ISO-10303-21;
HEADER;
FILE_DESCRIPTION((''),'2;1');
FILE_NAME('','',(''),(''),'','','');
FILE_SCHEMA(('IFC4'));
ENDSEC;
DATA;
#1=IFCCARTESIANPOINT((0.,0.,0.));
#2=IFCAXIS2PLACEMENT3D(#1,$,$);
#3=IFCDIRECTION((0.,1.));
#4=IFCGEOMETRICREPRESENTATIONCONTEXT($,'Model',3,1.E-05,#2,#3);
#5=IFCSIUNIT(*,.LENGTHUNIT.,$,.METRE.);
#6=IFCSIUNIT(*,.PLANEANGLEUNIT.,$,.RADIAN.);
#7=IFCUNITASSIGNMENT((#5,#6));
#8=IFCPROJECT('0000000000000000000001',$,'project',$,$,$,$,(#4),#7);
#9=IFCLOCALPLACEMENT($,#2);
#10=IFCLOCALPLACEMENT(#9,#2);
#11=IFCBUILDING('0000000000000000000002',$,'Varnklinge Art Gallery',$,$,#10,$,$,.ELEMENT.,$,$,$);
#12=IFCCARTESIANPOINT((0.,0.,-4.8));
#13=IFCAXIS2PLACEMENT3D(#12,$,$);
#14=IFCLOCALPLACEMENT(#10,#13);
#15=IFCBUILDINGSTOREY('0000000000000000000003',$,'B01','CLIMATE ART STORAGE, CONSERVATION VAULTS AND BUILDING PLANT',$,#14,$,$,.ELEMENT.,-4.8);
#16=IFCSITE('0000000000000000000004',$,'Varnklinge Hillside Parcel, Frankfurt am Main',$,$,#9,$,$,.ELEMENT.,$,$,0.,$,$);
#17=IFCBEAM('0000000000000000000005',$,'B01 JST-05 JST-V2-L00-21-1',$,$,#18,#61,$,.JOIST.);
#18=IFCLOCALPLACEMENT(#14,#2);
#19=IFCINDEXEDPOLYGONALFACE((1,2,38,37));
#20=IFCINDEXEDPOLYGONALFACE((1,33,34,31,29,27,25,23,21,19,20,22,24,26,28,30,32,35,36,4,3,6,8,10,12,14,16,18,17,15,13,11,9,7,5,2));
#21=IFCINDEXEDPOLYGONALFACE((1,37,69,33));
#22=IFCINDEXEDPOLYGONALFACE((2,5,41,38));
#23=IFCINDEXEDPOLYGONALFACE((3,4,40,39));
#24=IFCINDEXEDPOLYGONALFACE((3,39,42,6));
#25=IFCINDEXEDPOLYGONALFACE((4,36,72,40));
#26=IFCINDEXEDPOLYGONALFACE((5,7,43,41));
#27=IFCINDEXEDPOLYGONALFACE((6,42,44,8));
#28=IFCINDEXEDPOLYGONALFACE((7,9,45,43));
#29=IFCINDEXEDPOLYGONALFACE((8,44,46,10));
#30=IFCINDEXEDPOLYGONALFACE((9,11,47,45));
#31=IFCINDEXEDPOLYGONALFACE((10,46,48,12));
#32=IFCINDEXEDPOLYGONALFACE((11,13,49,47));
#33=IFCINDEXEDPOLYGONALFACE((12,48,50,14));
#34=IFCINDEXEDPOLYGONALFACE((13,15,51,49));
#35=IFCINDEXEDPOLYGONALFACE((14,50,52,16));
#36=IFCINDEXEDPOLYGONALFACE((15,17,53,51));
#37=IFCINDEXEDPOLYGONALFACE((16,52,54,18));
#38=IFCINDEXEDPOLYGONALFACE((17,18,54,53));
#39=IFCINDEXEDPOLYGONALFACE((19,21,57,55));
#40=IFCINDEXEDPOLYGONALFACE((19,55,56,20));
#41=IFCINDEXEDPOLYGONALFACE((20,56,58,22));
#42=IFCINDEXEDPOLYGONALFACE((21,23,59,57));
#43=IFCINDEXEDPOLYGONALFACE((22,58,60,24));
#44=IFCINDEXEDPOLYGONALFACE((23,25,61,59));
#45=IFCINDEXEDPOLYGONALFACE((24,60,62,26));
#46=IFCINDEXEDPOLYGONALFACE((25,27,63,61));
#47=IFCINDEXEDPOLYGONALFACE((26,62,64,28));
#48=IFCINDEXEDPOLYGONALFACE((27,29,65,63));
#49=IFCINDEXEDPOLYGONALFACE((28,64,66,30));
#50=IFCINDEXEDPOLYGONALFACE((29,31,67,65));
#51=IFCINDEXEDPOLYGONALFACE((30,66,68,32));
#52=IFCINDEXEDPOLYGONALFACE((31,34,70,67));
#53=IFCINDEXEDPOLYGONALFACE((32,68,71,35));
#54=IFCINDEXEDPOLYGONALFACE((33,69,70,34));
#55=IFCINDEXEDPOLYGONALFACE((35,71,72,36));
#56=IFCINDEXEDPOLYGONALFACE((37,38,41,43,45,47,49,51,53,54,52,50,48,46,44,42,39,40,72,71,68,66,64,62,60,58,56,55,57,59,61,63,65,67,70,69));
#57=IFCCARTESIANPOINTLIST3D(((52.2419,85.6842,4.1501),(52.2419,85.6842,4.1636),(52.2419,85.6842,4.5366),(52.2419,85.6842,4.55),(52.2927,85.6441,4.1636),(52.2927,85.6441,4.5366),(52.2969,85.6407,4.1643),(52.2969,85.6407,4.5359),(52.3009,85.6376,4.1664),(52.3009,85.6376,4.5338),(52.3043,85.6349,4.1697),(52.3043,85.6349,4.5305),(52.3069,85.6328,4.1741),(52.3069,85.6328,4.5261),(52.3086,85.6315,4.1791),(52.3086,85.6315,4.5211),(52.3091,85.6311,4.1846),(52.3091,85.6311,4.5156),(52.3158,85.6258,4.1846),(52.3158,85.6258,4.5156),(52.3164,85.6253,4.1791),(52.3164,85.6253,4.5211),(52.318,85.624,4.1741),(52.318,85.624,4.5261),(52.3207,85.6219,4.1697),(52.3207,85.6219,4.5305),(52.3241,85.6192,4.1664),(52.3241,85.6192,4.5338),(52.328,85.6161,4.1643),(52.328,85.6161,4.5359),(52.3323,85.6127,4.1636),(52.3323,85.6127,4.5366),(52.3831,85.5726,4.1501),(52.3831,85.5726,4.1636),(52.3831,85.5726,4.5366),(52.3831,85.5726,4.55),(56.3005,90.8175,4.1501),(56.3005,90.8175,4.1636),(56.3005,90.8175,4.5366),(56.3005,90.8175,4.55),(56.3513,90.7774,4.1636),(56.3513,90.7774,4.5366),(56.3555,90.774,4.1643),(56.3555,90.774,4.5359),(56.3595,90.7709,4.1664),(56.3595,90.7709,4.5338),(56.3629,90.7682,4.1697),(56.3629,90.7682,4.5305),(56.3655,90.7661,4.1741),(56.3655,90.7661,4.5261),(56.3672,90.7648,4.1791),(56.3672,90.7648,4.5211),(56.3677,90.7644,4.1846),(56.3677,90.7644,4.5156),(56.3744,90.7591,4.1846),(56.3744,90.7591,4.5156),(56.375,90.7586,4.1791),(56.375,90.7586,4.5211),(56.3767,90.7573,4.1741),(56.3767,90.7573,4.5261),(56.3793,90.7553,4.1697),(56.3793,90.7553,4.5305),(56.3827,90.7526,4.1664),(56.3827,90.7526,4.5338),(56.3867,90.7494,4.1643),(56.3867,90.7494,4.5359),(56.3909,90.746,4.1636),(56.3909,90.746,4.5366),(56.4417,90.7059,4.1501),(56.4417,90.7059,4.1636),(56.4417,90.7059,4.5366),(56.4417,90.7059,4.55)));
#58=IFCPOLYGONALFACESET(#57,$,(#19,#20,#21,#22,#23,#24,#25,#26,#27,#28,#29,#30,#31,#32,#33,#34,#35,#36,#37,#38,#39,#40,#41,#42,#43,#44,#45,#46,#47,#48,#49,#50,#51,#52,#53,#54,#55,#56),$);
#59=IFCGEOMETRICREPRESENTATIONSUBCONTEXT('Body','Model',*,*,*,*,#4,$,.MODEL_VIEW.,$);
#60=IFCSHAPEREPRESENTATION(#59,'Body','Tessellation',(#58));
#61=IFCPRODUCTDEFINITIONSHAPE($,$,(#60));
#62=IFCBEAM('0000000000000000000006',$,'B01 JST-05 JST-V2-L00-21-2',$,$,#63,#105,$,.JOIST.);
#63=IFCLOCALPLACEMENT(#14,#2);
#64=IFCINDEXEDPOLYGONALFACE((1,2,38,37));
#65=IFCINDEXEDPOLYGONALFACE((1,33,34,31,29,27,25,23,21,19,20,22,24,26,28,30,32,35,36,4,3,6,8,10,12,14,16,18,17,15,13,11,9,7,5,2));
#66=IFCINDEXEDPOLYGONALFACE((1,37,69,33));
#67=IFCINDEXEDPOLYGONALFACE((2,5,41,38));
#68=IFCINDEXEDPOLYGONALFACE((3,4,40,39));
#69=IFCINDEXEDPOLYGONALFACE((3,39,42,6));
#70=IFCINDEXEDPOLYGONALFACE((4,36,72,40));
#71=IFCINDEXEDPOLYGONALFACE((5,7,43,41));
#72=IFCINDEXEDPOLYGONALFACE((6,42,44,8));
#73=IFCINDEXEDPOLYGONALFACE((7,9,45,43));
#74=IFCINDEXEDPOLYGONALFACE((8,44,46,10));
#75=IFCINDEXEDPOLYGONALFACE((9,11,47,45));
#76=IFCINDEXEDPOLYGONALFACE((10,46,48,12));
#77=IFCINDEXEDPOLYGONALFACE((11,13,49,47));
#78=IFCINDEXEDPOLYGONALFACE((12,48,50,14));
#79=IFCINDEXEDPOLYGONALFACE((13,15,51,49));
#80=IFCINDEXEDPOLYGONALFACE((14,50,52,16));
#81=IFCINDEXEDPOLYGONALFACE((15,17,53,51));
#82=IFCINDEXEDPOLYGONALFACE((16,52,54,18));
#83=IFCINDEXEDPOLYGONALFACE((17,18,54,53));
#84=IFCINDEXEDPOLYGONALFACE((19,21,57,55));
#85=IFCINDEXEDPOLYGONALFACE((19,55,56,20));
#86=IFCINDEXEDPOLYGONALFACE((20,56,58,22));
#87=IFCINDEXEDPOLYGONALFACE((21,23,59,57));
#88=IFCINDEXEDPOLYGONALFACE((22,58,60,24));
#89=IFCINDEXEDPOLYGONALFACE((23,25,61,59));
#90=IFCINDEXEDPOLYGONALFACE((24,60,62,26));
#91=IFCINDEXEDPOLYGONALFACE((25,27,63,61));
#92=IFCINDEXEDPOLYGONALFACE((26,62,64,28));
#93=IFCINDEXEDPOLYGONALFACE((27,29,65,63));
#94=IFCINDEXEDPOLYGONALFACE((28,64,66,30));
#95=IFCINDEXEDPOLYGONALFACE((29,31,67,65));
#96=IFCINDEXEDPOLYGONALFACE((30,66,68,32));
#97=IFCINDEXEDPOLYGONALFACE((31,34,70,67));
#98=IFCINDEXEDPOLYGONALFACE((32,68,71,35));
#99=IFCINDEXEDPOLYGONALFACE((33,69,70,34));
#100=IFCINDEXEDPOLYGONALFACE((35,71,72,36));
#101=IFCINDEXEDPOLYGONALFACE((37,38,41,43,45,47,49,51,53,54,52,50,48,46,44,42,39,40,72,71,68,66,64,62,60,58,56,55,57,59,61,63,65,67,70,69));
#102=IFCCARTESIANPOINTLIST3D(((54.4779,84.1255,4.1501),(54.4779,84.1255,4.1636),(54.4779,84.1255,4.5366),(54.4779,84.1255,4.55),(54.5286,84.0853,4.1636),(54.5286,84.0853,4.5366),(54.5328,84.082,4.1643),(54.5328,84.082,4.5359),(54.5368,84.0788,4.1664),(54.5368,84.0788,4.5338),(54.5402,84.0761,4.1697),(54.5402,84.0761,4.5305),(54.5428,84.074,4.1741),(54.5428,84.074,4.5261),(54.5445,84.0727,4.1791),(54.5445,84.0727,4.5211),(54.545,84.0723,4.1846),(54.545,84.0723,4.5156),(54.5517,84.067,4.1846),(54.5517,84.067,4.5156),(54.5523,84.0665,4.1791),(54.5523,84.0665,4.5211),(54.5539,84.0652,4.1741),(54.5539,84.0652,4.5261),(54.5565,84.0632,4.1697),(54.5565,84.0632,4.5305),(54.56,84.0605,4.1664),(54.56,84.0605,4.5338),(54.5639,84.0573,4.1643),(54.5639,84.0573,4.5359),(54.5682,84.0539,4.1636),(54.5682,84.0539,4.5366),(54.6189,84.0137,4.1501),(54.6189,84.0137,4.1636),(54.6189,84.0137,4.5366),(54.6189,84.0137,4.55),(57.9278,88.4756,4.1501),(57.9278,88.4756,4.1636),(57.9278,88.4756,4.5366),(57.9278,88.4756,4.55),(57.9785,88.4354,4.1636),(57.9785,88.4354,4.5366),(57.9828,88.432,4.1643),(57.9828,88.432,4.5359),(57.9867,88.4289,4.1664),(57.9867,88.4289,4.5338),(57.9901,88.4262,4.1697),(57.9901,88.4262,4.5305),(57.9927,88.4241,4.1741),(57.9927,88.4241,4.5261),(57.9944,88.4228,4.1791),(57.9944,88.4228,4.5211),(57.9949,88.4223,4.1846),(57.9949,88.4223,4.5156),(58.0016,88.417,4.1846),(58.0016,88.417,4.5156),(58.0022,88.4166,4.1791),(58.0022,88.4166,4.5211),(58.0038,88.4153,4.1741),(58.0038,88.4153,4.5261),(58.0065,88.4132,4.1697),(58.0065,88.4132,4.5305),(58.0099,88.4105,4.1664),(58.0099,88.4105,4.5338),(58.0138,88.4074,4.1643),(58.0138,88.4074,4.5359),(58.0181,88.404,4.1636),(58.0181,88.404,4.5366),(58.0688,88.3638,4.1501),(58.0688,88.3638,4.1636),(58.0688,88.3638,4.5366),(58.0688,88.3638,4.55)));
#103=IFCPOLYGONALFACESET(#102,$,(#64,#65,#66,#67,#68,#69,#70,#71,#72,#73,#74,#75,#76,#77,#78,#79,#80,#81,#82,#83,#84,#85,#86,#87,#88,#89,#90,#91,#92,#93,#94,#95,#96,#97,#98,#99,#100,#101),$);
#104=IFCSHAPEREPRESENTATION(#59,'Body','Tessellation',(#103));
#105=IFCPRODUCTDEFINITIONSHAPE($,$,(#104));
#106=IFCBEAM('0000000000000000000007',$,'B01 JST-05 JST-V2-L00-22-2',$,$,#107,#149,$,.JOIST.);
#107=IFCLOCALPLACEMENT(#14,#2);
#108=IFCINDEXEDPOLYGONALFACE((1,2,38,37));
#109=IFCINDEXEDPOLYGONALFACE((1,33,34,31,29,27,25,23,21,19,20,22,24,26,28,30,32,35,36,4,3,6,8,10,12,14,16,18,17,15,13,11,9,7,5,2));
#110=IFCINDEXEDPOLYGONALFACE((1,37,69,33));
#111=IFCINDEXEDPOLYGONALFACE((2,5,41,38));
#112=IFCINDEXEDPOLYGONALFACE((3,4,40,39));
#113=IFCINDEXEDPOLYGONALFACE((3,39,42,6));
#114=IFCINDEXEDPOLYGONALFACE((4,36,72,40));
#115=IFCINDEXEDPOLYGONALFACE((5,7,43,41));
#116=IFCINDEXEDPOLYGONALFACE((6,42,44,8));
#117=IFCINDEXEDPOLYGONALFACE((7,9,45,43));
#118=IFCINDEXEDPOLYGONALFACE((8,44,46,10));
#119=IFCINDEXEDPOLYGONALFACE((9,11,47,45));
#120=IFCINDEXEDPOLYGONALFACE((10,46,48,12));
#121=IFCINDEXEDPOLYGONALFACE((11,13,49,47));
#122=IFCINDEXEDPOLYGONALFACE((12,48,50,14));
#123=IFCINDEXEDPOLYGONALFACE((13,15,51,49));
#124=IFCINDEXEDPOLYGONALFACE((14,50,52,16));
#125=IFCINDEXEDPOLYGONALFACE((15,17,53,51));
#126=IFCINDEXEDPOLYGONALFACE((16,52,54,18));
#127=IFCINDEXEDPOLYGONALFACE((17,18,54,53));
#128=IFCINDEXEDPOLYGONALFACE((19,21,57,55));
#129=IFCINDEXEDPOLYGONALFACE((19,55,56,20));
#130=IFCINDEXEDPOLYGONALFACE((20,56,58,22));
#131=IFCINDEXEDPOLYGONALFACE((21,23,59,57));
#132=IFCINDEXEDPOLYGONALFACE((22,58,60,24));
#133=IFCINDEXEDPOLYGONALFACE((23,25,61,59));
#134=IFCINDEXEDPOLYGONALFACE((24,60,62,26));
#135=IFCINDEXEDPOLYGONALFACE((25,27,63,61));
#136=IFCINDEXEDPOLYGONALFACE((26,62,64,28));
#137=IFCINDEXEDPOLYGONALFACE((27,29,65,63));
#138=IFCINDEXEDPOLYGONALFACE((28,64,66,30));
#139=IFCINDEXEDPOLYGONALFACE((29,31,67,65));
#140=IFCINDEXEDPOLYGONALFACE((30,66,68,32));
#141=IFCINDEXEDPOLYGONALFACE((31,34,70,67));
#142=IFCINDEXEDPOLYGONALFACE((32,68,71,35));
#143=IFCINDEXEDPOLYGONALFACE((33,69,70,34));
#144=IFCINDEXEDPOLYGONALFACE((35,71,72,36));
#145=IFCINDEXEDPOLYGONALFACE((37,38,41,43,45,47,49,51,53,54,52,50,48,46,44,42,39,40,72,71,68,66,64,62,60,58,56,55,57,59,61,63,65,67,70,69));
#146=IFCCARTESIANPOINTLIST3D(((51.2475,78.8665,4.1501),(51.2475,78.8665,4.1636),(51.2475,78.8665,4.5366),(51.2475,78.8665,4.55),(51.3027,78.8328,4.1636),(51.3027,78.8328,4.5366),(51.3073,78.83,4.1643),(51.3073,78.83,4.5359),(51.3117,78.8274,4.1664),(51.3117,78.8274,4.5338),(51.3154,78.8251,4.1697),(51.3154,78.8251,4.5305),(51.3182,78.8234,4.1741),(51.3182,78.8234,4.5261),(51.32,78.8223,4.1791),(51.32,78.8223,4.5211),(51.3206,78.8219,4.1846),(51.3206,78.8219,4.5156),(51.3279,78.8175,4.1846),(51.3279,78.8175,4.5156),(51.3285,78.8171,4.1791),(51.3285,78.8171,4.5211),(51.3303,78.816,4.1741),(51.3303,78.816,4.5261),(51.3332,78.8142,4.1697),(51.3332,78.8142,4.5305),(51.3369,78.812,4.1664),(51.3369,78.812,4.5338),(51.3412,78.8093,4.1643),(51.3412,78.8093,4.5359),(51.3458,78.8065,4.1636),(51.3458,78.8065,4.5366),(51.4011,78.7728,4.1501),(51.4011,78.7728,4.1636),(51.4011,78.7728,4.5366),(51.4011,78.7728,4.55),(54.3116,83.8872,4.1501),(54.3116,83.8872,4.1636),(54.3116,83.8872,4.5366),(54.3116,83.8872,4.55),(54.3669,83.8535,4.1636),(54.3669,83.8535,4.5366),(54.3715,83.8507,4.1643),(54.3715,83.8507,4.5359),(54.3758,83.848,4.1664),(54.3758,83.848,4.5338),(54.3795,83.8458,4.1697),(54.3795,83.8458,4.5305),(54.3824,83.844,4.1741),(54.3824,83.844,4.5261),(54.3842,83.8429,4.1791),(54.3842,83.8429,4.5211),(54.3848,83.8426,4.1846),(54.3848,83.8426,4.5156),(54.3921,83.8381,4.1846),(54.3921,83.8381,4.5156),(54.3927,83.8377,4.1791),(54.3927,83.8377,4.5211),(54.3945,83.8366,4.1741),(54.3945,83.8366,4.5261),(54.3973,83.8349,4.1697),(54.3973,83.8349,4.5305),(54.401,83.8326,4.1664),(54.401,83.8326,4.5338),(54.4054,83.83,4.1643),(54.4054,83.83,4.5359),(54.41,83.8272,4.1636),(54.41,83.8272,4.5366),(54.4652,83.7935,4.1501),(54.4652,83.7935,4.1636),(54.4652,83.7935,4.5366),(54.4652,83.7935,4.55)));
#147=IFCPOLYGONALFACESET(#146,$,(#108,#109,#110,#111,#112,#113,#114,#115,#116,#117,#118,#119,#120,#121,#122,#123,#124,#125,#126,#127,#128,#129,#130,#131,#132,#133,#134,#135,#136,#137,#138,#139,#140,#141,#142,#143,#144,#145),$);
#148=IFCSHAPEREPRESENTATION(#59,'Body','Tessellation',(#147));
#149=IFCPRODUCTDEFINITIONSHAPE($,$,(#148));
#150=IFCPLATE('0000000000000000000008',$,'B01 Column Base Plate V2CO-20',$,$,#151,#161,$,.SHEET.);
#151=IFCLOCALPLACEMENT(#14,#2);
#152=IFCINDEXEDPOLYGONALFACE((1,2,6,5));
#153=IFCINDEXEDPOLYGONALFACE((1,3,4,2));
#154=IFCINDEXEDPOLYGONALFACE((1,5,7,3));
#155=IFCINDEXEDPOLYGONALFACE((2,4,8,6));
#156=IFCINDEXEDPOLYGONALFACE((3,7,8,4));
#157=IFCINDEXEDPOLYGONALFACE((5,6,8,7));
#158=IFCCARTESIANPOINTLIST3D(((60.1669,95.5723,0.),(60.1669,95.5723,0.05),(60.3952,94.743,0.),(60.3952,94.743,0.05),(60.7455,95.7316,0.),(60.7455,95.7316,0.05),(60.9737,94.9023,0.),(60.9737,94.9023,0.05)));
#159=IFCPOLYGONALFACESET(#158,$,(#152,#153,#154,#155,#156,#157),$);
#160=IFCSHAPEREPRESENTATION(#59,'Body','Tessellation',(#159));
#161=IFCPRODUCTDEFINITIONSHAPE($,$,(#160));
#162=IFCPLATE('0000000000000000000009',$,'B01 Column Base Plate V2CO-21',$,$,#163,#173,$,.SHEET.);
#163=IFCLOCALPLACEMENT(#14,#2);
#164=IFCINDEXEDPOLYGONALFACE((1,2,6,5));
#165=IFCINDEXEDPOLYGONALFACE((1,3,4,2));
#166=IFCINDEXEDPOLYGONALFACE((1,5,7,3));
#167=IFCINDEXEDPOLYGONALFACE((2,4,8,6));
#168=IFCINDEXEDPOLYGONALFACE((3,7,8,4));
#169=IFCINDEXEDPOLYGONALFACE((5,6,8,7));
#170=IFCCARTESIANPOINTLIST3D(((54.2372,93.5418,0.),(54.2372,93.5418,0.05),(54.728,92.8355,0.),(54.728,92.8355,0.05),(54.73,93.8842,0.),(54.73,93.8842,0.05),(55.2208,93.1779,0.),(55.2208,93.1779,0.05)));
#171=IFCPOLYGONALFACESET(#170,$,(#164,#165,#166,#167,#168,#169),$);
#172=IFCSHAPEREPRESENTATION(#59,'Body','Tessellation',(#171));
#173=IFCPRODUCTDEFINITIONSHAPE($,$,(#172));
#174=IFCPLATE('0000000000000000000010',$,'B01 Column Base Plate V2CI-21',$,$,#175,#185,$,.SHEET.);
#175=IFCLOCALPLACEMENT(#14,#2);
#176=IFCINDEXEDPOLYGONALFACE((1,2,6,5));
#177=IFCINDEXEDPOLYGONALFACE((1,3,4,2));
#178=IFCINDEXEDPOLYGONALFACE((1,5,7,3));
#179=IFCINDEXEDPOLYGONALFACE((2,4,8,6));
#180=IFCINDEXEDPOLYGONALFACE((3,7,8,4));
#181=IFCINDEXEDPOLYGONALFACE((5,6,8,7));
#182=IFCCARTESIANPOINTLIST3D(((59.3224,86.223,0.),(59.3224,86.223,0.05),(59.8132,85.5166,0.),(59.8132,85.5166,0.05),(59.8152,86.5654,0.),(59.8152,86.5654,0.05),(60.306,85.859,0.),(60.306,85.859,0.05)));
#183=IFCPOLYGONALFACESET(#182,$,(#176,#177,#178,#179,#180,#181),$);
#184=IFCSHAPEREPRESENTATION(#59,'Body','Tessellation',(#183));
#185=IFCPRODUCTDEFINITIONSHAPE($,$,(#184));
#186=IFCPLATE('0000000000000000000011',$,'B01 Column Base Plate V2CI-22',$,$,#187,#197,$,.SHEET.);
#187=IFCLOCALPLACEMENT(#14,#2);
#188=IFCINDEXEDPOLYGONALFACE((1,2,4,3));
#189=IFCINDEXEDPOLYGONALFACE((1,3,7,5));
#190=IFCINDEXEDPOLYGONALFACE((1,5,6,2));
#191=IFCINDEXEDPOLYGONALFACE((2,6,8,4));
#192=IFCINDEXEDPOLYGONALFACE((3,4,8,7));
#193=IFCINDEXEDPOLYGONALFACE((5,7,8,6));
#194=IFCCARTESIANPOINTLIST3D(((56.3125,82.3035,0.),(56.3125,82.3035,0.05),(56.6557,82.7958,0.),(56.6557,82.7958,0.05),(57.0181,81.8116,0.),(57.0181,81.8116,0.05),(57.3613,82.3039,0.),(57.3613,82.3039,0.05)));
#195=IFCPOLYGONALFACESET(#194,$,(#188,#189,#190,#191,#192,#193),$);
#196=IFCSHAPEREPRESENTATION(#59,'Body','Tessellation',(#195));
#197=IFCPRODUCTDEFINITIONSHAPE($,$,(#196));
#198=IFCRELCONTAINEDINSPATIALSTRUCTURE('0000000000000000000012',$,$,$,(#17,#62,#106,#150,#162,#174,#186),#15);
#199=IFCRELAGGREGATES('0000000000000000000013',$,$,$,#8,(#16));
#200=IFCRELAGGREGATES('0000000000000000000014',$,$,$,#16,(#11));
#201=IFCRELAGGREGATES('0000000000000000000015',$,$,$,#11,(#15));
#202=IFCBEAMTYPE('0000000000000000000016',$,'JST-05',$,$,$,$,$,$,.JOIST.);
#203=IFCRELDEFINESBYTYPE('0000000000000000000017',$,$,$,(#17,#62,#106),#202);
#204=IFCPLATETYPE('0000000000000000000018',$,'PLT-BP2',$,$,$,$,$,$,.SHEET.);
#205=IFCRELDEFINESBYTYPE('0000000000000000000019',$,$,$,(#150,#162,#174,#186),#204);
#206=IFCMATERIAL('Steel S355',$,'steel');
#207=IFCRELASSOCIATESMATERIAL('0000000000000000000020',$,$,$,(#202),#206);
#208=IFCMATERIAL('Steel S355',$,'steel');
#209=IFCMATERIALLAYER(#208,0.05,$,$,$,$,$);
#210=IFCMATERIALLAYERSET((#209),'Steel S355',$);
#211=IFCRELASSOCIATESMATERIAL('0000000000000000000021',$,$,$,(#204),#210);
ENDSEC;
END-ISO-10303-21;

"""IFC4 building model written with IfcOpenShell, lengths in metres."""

from ifc_helpers import new_model, si_unit, direction, frame, origin, origin_2d, place, context, subcontext, project, spatial, rectangle, i_section, extrude, material, layer, layer_set, material_profile, profile_set, type_object, element, save


model = new_model("IFC4")

# Units and contexts
model_context = context("Model", 3, precision=1e-05, world=origin(), true_north=direction((0.0, 1.0)))
body_context = subcontext(model_context, "Body", "Model", "MODEL_VIEW")
ifc_project = project(units=[si_unit("LENGTHUNIT", "METRE"), si_unit("PLANEANGLEUNIT", "RADIAN")], contexts=[model_context])

# Site, building, storey
site_placement = place(None, origin())
site = spatial("IfcSite", under=ifc_project, at=site_placement, Name="Varnklinge Hillside Parcel, Frankfurt am Main", CompositionType="ELEMENT", RefElevation=0.0)
building_placement = place(site_placement, origin())
building = spatial("IfcBuilding", under=site, at=building_placement, Name="Varnklinge Art Gallery", CompositionType="ELEMENT")
storey_placement = place(building_placement, frame((0.0, 0.0, -4.8)))
storey = spatial("IfcBuildingStorey", under=building, at=storey_placement, Name="B01", Description="CLIMATE ART STORAGE, CONSERVATION VAULTS AND BUILDING PLANT", CompositionType="ELEMENT", Elevation=-4.8)

# Beams
ifc_material_1 = material(Name="Steel S355", Category="steel")
ifc_material_profile_1 = material_profile(ifc_material_1, i_section(OverallWidth=0.1799, OverallDepth=0.3999, WebThickness=0.0085, FlangeThickness=0.0134, FilletRadius=0.021, at=origin_2d()), Name="IPE 400")
ifc_profile_set_1 = profile_set([ifc_material_profile_1], Name="Steel S355")
beam_type_1 = type_object("IfcBeamType", Name="JST-05", PredefinedType="JOIST", material=ifc_profile_set_1)
beam_1_placement = place(storey_placement, frame((56.3711, 90.7617, 4.3501), z_axis=(-0.620208, -0.784438, 0.0), x_axis=(0.784438, -0.620208, 0.0)))
element("IfcBeam", 1, at=beam_1_placement, inside=storey, type_object=beam_type_1, Name="B01 JST-05 JST-V2-L00-21-1", PredefinedType="JOIST", context=body_context, shape_type="SweptSolid", body=[
    extrude(i_section(OverallWidth=0.1799, OverallDepth=0.3999, WebThickness=0.0085, FlangeThickness=0.0134, FilletRadius=0.021, at=origin_2d()), origin(), (0.0, 0.0, 1.0), 6.5439),
])
beam_2_placement = place(storey_placement, frame((57.9983, 88.4197, 4.3501), z_axis=(-0.621381, -0.783509, 0.0), x_axis=(0.783509, -0.621381, 0.0)))
element("IfcBeam", 2, at=beam_2_placement, inside=storey, type_object=beam_type_1, Name="B01 JST-05 JST-V2-L00-21-2", PredefinedType="JOIST", context=body_context, shape_type="SweptSolid", body=[
    extrude(i_section(OverallWidth=0.1799, OverallDepth=0.3999, WebThickness=0.0085, FlangeThickness=0.0134, FilletRadius=0.021, at=origin_2d()), origin(), (0.0, 0.0, 1.0), 5.552),
])
beam_3_placement = place(storey_placement, frame((54.3884, 83.8403, 4.3501), z_axis=(-0.520951, -0.853586, 0.0), x_axis=(0.853586, -0.520951, 0.0)))
element("IfcBeam", 3, at=beam_3_placement, inside=storey, type_object=beam_type_1, Name="B01 JST-05 JST-V2-L00-22-2", PredefinedType="JOIST", context=body_context, shape_type="SweptSolid", body=[
    extrude(i_section(OverallWidth=0.1799, OverallDepth=0.3999, WebThickness=0.0085, FlangeThickness=0.0134, FilletRadius=0.021, at=origin_2d()), origin(), (0.0, 0.0, 1.0), 5.8818),
])

# Plates
ifc_material_2 = material(Name="Steel S355", Category="steel")
ifc_layer = layer(ifc_material_2, 0.05)
ifc_layer_set = layer_set([ifc_layer], Name="Steel S355")
plate_type = type_object("IfcPlateType", Name="PLT-BP2", PredefinedType="SHEET", material=ifc_layer_set)
for number, where, z_axis, x_axis, name in (
    (4, (60.5703, 95.2373, 0.0), (0.0, 0.0, 1.0), (0.265388, -0.964142, 0.0), "B01 Column Base Plate V2CO-20"),
    (5, (54.729, 93.3599, 0.0), (0.0, 0.0, 1.0), (0.57057, -0.821249, 0.0), "B01 Column Base Plate V2CO-21"),
    (6, (59.8142, 86.041, 0.0), (0.0, 0.0, 1.0), (0.57057, -0.821249, 0.0), "B01 Column Base Plate V2CI-21"),
    (7, (56.8369, 82.3037, 0.0), (0.0, 0.0, 1.0), (0.820352, -0.57186, 0.0), "B01 Column Base Plate V2CI-22"),
):
    element("IfcPlate", number, at=place(storey_placement, frame(where, z_axis=z_axis, x_axis=x_axis)), inside=storey, type_object=plate_type, Name=name, PredefinedType="SHEET", context=body_context, shape_type="SweptSolid", body=[
        extrude(rectangle(XDim=0.8601, YDim=0.6001, at=origin_2d()), origin(), (0.0, 0.0, 1.0), 0.05),
    ])

save(model, "model.ifc")
